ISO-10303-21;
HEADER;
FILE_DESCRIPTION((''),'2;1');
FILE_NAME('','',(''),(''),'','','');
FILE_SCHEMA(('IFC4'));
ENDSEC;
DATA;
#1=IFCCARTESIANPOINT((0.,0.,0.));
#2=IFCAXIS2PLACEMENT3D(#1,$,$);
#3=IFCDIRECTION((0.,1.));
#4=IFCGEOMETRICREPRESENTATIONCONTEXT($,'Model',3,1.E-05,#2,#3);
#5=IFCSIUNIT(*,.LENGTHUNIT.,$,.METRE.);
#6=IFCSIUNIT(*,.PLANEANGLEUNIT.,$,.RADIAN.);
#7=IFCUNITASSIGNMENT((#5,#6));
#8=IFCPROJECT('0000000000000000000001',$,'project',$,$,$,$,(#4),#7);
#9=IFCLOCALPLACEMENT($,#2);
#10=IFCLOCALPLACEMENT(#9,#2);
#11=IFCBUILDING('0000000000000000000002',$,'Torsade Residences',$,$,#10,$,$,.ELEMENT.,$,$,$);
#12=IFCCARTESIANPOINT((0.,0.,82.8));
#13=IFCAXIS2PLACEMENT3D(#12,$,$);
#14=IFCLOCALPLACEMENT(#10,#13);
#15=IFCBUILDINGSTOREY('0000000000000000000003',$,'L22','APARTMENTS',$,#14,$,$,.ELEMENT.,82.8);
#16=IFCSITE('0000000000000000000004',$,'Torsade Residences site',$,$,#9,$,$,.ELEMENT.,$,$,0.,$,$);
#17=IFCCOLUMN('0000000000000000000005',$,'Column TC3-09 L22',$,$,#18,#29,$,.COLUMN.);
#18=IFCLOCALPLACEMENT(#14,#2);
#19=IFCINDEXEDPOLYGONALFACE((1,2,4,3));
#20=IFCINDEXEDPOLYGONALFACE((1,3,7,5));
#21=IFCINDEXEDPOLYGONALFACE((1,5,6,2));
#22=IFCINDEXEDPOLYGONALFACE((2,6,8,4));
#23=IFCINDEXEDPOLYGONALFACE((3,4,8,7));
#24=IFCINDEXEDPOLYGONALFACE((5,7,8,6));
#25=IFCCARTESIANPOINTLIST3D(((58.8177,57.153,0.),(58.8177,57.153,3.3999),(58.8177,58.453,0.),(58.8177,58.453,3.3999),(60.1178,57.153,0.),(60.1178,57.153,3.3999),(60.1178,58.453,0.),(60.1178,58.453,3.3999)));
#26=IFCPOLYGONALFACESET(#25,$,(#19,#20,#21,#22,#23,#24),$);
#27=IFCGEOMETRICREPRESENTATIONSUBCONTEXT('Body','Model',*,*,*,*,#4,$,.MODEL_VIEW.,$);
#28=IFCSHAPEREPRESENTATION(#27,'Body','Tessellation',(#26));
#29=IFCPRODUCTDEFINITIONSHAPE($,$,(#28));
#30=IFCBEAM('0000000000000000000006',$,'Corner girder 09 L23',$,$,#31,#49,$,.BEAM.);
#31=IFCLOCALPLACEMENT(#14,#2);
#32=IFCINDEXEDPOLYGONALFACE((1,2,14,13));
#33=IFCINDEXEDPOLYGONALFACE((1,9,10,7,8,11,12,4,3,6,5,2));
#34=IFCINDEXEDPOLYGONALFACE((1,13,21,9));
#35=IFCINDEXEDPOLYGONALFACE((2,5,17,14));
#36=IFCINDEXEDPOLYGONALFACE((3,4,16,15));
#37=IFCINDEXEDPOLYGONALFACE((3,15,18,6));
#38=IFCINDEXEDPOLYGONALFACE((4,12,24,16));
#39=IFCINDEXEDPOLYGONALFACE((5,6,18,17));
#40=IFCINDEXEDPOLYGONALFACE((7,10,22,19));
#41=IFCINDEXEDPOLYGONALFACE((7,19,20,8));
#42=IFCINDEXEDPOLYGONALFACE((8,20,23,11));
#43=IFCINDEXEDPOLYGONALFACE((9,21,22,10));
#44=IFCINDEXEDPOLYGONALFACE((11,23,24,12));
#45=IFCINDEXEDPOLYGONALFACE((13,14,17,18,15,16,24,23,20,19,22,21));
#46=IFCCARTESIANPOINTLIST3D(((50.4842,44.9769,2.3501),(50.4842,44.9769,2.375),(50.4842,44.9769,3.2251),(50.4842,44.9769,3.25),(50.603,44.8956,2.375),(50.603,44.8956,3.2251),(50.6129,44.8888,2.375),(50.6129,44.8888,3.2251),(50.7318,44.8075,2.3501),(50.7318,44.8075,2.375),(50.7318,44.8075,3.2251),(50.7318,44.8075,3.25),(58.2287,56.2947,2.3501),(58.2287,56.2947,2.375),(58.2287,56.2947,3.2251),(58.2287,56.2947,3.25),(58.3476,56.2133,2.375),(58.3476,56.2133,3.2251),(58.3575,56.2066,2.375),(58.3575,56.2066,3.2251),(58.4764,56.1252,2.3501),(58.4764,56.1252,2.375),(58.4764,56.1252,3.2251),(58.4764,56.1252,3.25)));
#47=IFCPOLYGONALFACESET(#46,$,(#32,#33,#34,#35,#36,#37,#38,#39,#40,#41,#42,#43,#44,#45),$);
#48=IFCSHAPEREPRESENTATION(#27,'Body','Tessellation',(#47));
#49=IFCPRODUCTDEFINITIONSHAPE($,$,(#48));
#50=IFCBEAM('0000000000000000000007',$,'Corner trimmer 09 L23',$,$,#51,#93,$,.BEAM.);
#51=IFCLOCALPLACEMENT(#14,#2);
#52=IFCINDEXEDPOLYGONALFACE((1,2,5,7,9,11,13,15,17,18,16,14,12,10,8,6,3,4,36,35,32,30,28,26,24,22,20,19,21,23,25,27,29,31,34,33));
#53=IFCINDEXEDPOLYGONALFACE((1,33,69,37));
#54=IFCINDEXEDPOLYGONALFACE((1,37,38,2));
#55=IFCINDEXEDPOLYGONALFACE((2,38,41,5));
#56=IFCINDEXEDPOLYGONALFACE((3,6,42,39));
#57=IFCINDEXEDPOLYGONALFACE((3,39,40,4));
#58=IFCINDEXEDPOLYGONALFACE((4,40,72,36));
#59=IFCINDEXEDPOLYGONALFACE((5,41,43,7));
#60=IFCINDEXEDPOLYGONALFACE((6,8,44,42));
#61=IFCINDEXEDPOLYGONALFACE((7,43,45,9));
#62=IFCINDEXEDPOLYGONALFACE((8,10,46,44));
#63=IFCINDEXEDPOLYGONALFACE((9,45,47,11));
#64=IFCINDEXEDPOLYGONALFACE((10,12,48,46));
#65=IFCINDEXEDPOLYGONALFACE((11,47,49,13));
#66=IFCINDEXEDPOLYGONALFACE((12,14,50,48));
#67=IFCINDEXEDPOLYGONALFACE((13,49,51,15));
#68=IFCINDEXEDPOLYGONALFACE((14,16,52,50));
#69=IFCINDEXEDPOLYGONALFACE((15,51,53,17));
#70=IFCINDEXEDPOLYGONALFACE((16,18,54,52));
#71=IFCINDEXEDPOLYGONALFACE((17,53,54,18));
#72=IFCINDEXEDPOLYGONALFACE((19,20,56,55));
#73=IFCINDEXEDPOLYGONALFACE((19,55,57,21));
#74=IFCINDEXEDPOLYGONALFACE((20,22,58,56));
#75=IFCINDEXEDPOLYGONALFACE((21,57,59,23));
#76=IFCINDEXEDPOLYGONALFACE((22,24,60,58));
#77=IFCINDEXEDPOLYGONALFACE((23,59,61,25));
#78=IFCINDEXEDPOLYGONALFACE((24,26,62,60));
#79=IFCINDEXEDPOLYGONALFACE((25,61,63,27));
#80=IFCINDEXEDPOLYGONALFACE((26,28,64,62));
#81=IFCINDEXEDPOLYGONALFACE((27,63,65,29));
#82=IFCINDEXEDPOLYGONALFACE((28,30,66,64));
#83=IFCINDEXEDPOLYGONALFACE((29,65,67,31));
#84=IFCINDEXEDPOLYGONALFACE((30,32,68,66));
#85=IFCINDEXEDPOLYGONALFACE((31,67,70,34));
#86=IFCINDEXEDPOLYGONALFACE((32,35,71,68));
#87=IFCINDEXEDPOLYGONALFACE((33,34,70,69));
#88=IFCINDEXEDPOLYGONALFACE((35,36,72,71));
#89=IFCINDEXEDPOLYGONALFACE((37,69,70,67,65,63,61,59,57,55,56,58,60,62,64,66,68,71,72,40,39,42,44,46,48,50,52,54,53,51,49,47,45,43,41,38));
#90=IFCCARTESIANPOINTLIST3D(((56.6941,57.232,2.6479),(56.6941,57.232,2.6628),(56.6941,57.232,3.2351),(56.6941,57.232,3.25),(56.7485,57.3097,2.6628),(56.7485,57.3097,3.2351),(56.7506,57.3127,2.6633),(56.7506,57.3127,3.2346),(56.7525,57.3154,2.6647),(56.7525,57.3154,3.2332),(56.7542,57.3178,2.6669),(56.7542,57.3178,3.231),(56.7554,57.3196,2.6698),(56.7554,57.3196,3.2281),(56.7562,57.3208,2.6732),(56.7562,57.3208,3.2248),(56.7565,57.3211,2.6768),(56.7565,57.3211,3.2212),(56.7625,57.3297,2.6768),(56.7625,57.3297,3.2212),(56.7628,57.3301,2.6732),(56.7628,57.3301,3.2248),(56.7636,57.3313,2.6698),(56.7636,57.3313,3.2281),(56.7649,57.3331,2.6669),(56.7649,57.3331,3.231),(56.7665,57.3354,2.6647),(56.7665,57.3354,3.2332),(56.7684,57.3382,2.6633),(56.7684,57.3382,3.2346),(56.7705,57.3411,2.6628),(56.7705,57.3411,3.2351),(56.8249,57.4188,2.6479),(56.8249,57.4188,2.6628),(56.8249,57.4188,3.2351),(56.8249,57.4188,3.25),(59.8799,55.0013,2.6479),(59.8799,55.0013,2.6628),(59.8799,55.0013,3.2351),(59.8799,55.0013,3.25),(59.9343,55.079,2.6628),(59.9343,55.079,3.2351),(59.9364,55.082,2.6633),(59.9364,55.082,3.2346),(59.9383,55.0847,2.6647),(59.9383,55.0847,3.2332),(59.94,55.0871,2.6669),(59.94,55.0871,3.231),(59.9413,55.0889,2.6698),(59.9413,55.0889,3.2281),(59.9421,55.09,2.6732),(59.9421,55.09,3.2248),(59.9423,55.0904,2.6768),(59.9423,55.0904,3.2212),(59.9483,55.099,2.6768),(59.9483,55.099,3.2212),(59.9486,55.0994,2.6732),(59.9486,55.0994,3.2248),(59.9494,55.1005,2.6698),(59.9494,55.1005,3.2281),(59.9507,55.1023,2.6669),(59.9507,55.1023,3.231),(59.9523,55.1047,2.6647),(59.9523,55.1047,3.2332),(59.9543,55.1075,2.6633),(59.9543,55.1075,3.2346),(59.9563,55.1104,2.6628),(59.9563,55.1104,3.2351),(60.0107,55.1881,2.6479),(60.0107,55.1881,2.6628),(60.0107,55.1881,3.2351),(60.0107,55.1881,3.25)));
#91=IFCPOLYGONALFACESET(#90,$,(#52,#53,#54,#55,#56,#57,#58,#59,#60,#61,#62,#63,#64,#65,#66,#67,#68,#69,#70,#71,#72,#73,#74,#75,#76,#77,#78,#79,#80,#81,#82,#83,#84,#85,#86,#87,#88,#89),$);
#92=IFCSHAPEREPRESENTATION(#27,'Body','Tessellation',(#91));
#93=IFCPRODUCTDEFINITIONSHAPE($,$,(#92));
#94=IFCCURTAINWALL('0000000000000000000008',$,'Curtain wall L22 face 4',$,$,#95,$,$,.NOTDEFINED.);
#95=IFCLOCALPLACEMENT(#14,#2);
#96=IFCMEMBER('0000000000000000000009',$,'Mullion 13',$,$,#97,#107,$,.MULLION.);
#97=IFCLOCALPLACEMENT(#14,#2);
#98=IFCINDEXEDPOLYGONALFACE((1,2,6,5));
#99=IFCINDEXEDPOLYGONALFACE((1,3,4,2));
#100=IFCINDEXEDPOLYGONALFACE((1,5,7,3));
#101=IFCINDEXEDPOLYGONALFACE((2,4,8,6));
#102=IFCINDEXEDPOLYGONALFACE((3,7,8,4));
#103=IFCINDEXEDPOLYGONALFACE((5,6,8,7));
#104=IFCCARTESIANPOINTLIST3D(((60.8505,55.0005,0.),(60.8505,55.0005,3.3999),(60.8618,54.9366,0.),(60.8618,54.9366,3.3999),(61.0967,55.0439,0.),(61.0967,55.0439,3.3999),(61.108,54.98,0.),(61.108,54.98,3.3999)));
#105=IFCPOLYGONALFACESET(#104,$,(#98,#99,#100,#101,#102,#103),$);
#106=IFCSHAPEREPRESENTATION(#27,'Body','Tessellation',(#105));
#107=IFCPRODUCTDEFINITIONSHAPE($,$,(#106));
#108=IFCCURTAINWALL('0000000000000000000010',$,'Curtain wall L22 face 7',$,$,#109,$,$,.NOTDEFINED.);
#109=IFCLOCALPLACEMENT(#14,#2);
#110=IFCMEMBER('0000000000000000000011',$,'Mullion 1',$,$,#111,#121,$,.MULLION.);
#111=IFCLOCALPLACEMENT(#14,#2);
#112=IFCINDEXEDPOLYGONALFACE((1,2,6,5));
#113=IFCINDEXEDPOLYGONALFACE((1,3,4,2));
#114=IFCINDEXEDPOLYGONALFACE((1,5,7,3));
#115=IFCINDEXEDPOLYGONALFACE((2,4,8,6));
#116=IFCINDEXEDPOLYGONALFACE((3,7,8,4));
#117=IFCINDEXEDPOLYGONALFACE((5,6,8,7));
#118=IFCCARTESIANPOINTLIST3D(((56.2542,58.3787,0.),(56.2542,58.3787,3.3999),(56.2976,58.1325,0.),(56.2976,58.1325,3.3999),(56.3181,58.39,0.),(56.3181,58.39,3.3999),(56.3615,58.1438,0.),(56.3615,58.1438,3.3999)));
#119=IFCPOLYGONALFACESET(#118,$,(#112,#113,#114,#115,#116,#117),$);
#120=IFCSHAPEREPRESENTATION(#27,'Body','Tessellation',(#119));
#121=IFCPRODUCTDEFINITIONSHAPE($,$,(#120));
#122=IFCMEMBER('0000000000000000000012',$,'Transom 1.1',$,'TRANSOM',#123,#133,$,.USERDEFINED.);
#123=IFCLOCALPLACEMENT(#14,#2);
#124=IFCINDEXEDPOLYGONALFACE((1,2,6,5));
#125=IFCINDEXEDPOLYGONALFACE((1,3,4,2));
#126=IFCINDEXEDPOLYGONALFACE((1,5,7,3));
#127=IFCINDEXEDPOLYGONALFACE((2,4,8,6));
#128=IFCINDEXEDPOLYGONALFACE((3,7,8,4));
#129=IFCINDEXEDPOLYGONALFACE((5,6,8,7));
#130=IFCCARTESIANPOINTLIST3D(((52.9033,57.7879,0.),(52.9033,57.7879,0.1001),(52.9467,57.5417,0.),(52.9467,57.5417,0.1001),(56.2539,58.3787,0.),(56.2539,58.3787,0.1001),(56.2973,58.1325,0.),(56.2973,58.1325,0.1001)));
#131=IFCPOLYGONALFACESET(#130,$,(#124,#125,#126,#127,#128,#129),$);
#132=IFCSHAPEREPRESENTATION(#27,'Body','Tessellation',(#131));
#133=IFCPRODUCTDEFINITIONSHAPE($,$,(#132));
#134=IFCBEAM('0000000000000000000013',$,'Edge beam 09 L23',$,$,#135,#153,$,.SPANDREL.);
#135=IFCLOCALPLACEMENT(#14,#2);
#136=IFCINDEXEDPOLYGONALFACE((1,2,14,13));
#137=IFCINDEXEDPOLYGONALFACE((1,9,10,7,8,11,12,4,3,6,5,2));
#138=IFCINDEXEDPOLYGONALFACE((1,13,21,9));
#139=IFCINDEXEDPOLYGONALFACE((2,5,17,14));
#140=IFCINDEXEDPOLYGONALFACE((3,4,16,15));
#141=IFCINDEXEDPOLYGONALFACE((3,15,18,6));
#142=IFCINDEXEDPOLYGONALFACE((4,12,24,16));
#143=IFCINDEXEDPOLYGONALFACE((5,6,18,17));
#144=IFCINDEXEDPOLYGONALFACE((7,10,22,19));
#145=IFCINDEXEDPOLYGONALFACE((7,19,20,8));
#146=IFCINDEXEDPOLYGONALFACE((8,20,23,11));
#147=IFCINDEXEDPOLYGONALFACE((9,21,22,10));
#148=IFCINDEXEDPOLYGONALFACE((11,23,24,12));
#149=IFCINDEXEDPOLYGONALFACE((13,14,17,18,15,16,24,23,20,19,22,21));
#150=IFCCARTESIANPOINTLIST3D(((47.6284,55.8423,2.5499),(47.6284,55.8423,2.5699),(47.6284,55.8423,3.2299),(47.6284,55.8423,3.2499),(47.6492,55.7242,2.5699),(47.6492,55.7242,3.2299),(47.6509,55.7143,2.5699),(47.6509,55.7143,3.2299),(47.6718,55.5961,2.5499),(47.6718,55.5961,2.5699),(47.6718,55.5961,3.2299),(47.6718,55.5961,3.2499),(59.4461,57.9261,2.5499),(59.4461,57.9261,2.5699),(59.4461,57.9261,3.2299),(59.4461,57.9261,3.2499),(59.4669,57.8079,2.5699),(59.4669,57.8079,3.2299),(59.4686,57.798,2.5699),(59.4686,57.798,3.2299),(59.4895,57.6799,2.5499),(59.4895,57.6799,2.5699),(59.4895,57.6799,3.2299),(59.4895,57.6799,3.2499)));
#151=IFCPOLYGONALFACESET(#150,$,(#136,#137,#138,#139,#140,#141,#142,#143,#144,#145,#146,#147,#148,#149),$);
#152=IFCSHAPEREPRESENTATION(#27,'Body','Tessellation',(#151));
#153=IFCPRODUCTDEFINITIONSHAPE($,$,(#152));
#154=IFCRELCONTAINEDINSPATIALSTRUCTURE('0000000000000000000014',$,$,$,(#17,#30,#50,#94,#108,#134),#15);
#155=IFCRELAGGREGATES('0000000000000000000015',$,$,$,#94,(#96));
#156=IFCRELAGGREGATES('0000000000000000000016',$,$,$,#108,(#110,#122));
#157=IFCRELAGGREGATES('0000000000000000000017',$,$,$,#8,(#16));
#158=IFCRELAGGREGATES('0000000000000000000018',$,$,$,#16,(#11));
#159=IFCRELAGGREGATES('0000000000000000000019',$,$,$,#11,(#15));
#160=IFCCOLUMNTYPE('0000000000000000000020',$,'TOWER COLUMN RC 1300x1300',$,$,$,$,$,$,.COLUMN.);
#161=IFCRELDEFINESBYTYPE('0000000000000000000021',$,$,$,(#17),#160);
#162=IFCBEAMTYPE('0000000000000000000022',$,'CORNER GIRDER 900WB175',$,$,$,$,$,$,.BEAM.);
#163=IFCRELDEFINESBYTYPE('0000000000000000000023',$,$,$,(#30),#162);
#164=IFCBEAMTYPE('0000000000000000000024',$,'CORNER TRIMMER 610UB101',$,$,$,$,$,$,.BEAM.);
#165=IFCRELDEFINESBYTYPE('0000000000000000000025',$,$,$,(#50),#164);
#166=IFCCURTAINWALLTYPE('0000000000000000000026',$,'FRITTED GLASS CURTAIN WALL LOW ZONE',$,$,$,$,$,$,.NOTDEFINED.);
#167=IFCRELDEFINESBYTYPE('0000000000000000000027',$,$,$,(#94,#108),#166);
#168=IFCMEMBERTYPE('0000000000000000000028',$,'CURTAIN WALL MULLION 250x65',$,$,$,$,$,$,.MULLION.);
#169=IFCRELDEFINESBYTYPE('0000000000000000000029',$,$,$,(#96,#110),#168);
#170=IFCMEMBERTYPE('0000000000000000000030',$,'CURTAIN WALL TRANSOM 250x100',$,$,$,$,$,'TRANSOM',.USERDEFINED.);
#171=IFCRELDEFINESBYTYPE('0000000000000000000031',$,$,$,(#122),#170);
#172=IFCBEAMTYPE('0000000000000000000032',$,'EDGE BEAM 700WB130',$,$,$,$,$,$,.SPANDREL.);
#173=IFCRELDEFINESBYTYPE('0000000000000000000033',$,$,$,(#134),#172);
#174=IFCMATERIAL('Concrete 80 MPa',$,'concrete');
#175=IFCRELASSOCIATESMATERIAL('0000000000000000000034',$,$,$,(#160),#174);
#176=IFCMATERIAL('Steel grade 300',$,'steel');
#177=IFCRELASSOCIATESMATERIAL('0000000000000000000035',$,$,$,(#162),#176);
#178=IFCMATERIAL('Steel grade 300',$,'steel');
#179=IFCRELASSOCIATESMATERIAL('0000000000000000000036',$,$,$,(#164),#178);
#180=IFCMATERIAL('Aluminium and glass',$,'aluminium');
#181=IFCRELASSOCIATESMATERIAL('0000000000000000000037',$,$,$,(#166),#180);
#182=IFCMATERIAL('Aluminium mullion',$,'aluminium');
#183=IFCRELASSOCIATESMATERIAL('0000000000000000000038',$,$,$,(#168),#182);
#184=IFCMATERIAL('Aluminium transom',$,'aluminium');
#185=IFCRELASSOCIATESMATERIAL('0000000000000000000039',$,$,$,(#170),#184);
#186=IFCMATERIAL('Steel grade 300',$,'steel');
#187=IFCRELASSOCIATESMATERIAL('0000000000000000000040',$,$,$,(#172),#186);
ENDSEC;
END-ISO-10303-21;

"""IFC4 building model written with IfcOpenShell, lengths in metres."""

from ifc_helpers import new_model, si_unit, direction, frame, origin, origin_2d, place, context, subcontext, project, spatial, rectangle, i_section, extrude, material, material_profile, profile_set, type_object, element, aggregate, save


model = new_model("IFC4")

# Units and contexts
model_context = context("Model", 3, precision=1e-05, world=origin(), true_north=direction((0.0, 1.0)))
body_context = subcontext(model_context, "Body", "Model", "MODEL_VIEW")
ifc_project = project(units=[si_unit("LENGTHUNIT", "METRE"), si_unit("PLANEANGLEUNIT", "RADIAN")], contexts=[model_context])

# Site, building, storey
site_placement = place(None, origin())
site = spatial("IfcSite", under=ifc_project, at=site_placement, Name="Torsade Residences site", CompositionType="ELEMENT", RefElevation=0.0)
building_placement = place(site_placement, origin())
building = spatial("IfcBuilding", under=site, at=building_placement, Name="Torsade Residences", CompositionType="ELEMENT")
storey_placement = place(building_placement, frame((0.0, 0.0, 82.8)))
storey = spatial("IfcBuildingStorey", under=building, at=storey_placement, Name="L22", Description="APARTMENTS", CompositionType="ELEMENT", Elevation=82.8)

# Column
ifc_material_1 = material(Name="Concrete 80 MPa", Category="concrete")
ifc_material_profile_1 = material_profile(ifc_material_1, rectangle(XDim=1.3, YDim=1.3, at=origin_2d()), Name="RC 1300x1300")
ifc_profile_set_1 = profile_set([ifc_material_profile_1], Name="Concrete 80 MPa")
column_type = type_object("IfcColumnType", Name="TOWER COLUMN RC 1300x1300", PredefinedType="COLUMN", material=ifc_profile_set_1)
column_placement = place(storey_placement, frame((59.4678, 57.803, 0.0), z_axis=(0.0, 0.0, 1.0), x_axis=(1.0, 0.0, 0.0)))
element("IfcColumn", 1, at=column_placement, inside=storey, type_object=column_type, Name="Column TC3-09 L22", PredefinedType="COLUMN", context=body_context, shape_type="SweptSolid", body=[
    extrude(rectangle(XDim=1.3, YDim=1.3, at=origin_2d()), origin(), (0.0, 0.0, 1.0), 3.3999),
])

# Beams
ifc_material_2 = material(Name="Steel grade 300", Category="steel")
ifc_material_profile_2 = material_profile(ifc_material_2, i_section(OverallWidth=0.3, OverallDepth=0.8999, WebThickness=0.012, FlangeThickness=0.0249, at=origin_2d()), Name="900WB175")
ifc_profile_set_2 = profile_set([ifc_material_profile_2], Name="Steel grade 300")
beam_type_1 = type_object("IfcBeamType", Name="CORNER GIRDER 900WB175", PredefinedType="BEAM", material=ifc_profile_set_2)
beam_1_placement = place(storey_placement, frame((58.3525, 56.21, 2.8), z_axis=(-0.564725, -0.825279, 0.0), x_axis=(0.825279, -0.564725, 0.0)))
element("IfcBeam", 2, at=beam_1_placement, inside=storey, type_object=beam_type_1, Name="Corner girder 09 L23", PredefinedType="BEAM", context=body_context, shape_type="SweptSolid", body=[
    extrude(i_section(OverallWidth=0.3, OverallDepth=0.8999, WebThickness=0.012, FlangeThickness=0.0249, at=origin_2d()), origin(), (0.0, 0.0, 1.0), 13.7139),
])
ifc_material_3 = material(Name="Steel grade 300", Category="steel")
ifc_material_profile_3 = material_profile(ifc_material_3, i_section(OverallWidth=0.228, OverallDepth=0.6021, WebThickness=0.0105, FlangeThickness=0.0149, FilletRadius=0.0139, at=origin_2d()), Name="610UB101")
ifc_profile_set_3 = profile_set([ifc_material_profile_3], Name="Steel grade 300")
beam_type_2 = type_object("IfcBeamType", Name="CORNER TRIMMER 610UB101", PredefinedType="BEAM", material=ifc_profile_set_3)
beam_2_placement = place(storey_placement, frame((56.7595, 57.3254, 2.949), z_axis=(0.819152, -0.573576, 0.0), x_axis=(0.573576, 0.819152, 0.0)))
element("IfcBeam", 3, at=beam_2_placement, inside=storey, type_object=beam_type_2, Name="Corner trimmer 09 L23", PredefinedType="BEAM", context=body_context, shape_type="SweptSolid", body=[
    extrude(i_section(OverallWidth=0.228, OverallDepth=0.6021, WebThickness=0.0105, FlangeThickness=0.0149, FilletRadius=0.0139, at=origin_2d()), origin(), (0.0, 0.0, 1.0), 3.8892),
])

# Curtain wall, member
ifc_material_4 = material(Name="Aluminium and glass", Category="aluminium")
curtain_wall_type = type_object("IfcCurtainWallType", Name="FRITTED GLASS CURTAIN WALL LOW ZONE", PredefinedType="NOTDEFINED", material=ifc_material_4)
curtain_wall_1_placement = place(storey_placement, origin())
curtain_wall_1 = element("IfcCurtainWall", 4, at=curtain_wall_1_placement, inside=storey, type_object=curtain_wall_type, Name="Curtain wall L22 face 4", PredefinedType="NOTDEFINED")
ifc_material_5 = material(Name="Aluminium mullion", Category="aluminium")
ifc_material_profile_4 = material_profile(ifc_material_5, rectangle(XDim=0.25, YDim=0.0649, at=origin_2d()), Name="CURTAIN WALL MULLION 250x65")
ifc_profile_set_4 = profile_set([ifc_material_profile_4], Name="Aluminium mullion")
member_type_1 = type_object("IfcMemberType", Name="CURTAIN WALL MULLION 250x65", PredefinedType="MULLION", material=ifc_profile_set_4)
member_1_placement = place(storey_placement, frame((60.9792, 54.9902, 0.0), z_axis=(0.0, 0.0, 1.0), x_axis=(-0.984808, -0.173648, 0.0)))
member_1 = element("IfcMember", 5, at=member_1_placement, type_object=member_type_1, Name="Mullion 13", PredefinedType="MULLION", context=body_context, shape_type="SweptSolid", body=[
    extrude(rectangle(XDim=0.25, YDim=0.0649, at=origin_2d()), origin(), (0.0, 0.0, 1.0), 3.3999),
])
aggregate(curtain_wall_1, [member_1])

# Curtain wall, members
curtain_wall_2_placement = place(storey_placement, origin())
curtain_wall_2 = element("IfcCurtainWall", 6, at=curtain_wall_2_placement, inside=storey, type_object=curtain_wall_type, Name="Curtain wall L22 face 7", PredefinedType="NOTDEFINED")
member_2_placement = place(storey_placement, frame((56.3079, 58.2612, 0.0), z_axis=(0.0, 0.0, 1.0), x_axis=(0.173648, -0.984808, 0.0)))
member_2 = element("IfcMember", 7, at=member_2_placement, type_object=member_type_1, Name="Mullion 1", PredefinedType="MULLION", context=body_context, shape_type="SweptSolid", body=[
    extrude(rectangle(XDim=0.25, YDim=0.0649, at=origin_2d()), origin(), (0.0, 0.0, 1.0), 3.3999),
])
ifc_material_6 = material(Name="Aluminium transom", Category="aluminium")
ifc_material_profile_5 = material_profile(ifc_material_6, rectangle(XDim=0.25, YDim=0.1001, at=origin_2d()), Name="CURTAIN WALL TRANSOM 250x100")
ifc_profile_set_5 = profile_set([ifc_material_profile_5], Name="Aluminium transom")
member_type_2 = type_object("IfcMemberType", Name="CURTAIN WALL TRANSOM 250x100", ElementType="TRANSOM", PredefinedType="USERDEFINED", material=ifc_profile_set_5)
member_3_placement = place(storey_placement, frame((56.2756, 58.2556, 0.05), z_axis=(-0.984807, -0.173654, 0.0), x_axis=(0.173654, -0.984807, 0.0)))
member_3 = element("IfcMember", 8, at=member_3_placement, type_object=member_type_2, Name="Transom 1.1", ObjectType="TRANSOM", PredefinedType="USERDEFINED", context=body_context, shape_type="SweptSolid", body=[
    extrude(rectangle(XDim=0.25, YDim=0.1001, at=origin_2d()), origin(), (0.0, 0.0, 1.0), 3.4023),
])

# Beam
ifc_material_7 = material(Name="Steel grade 300", Category="steel")
ifc_material_profile_6 = material_profile(ifc_material_7, i_section(OverallWidth=0.25, OverallDepth=0.7, WebThickness=0.01, FlangeThickness=0.02, at=origin_2d()), Name="700WB130")
ifc_profile_set_6 = profile_set([ifc_material_profile_6], Name="Steel grade 300")
beam_type_3 = type_object("IfcBeamType", Name="EDGE BEAM 700WB130", PredefinedType="SPANDREL", material=ifc_profile_set_6)
beam_3_placement = place(storey_placement, frame((59.4678, 57.803, 2.8999), z_axis=(-0.984808, -0.173646, 0.0), x_axis=(0.173646, -0.984808, 0.0)))
element("IfcBeam", 9, at=beam_3_placement, inside=storey, type_object=beam_type_3, Name="Edge beam 09 L23", PredefinedType="SPANDREL", context=body_context, shape_type="SweptSolid", body=[
    extrude(i_section(OverallWidth=0.25, OverallDepth=0.7, WebThickness=0.01, FlangeThickness=0.02, at=origin_2d()), origin(), (0.0, 0.0, 1.0), 12.0),
])

aggregate(curtain_wall_2, [member_2, member_3])

save(model, "model.ifc")
